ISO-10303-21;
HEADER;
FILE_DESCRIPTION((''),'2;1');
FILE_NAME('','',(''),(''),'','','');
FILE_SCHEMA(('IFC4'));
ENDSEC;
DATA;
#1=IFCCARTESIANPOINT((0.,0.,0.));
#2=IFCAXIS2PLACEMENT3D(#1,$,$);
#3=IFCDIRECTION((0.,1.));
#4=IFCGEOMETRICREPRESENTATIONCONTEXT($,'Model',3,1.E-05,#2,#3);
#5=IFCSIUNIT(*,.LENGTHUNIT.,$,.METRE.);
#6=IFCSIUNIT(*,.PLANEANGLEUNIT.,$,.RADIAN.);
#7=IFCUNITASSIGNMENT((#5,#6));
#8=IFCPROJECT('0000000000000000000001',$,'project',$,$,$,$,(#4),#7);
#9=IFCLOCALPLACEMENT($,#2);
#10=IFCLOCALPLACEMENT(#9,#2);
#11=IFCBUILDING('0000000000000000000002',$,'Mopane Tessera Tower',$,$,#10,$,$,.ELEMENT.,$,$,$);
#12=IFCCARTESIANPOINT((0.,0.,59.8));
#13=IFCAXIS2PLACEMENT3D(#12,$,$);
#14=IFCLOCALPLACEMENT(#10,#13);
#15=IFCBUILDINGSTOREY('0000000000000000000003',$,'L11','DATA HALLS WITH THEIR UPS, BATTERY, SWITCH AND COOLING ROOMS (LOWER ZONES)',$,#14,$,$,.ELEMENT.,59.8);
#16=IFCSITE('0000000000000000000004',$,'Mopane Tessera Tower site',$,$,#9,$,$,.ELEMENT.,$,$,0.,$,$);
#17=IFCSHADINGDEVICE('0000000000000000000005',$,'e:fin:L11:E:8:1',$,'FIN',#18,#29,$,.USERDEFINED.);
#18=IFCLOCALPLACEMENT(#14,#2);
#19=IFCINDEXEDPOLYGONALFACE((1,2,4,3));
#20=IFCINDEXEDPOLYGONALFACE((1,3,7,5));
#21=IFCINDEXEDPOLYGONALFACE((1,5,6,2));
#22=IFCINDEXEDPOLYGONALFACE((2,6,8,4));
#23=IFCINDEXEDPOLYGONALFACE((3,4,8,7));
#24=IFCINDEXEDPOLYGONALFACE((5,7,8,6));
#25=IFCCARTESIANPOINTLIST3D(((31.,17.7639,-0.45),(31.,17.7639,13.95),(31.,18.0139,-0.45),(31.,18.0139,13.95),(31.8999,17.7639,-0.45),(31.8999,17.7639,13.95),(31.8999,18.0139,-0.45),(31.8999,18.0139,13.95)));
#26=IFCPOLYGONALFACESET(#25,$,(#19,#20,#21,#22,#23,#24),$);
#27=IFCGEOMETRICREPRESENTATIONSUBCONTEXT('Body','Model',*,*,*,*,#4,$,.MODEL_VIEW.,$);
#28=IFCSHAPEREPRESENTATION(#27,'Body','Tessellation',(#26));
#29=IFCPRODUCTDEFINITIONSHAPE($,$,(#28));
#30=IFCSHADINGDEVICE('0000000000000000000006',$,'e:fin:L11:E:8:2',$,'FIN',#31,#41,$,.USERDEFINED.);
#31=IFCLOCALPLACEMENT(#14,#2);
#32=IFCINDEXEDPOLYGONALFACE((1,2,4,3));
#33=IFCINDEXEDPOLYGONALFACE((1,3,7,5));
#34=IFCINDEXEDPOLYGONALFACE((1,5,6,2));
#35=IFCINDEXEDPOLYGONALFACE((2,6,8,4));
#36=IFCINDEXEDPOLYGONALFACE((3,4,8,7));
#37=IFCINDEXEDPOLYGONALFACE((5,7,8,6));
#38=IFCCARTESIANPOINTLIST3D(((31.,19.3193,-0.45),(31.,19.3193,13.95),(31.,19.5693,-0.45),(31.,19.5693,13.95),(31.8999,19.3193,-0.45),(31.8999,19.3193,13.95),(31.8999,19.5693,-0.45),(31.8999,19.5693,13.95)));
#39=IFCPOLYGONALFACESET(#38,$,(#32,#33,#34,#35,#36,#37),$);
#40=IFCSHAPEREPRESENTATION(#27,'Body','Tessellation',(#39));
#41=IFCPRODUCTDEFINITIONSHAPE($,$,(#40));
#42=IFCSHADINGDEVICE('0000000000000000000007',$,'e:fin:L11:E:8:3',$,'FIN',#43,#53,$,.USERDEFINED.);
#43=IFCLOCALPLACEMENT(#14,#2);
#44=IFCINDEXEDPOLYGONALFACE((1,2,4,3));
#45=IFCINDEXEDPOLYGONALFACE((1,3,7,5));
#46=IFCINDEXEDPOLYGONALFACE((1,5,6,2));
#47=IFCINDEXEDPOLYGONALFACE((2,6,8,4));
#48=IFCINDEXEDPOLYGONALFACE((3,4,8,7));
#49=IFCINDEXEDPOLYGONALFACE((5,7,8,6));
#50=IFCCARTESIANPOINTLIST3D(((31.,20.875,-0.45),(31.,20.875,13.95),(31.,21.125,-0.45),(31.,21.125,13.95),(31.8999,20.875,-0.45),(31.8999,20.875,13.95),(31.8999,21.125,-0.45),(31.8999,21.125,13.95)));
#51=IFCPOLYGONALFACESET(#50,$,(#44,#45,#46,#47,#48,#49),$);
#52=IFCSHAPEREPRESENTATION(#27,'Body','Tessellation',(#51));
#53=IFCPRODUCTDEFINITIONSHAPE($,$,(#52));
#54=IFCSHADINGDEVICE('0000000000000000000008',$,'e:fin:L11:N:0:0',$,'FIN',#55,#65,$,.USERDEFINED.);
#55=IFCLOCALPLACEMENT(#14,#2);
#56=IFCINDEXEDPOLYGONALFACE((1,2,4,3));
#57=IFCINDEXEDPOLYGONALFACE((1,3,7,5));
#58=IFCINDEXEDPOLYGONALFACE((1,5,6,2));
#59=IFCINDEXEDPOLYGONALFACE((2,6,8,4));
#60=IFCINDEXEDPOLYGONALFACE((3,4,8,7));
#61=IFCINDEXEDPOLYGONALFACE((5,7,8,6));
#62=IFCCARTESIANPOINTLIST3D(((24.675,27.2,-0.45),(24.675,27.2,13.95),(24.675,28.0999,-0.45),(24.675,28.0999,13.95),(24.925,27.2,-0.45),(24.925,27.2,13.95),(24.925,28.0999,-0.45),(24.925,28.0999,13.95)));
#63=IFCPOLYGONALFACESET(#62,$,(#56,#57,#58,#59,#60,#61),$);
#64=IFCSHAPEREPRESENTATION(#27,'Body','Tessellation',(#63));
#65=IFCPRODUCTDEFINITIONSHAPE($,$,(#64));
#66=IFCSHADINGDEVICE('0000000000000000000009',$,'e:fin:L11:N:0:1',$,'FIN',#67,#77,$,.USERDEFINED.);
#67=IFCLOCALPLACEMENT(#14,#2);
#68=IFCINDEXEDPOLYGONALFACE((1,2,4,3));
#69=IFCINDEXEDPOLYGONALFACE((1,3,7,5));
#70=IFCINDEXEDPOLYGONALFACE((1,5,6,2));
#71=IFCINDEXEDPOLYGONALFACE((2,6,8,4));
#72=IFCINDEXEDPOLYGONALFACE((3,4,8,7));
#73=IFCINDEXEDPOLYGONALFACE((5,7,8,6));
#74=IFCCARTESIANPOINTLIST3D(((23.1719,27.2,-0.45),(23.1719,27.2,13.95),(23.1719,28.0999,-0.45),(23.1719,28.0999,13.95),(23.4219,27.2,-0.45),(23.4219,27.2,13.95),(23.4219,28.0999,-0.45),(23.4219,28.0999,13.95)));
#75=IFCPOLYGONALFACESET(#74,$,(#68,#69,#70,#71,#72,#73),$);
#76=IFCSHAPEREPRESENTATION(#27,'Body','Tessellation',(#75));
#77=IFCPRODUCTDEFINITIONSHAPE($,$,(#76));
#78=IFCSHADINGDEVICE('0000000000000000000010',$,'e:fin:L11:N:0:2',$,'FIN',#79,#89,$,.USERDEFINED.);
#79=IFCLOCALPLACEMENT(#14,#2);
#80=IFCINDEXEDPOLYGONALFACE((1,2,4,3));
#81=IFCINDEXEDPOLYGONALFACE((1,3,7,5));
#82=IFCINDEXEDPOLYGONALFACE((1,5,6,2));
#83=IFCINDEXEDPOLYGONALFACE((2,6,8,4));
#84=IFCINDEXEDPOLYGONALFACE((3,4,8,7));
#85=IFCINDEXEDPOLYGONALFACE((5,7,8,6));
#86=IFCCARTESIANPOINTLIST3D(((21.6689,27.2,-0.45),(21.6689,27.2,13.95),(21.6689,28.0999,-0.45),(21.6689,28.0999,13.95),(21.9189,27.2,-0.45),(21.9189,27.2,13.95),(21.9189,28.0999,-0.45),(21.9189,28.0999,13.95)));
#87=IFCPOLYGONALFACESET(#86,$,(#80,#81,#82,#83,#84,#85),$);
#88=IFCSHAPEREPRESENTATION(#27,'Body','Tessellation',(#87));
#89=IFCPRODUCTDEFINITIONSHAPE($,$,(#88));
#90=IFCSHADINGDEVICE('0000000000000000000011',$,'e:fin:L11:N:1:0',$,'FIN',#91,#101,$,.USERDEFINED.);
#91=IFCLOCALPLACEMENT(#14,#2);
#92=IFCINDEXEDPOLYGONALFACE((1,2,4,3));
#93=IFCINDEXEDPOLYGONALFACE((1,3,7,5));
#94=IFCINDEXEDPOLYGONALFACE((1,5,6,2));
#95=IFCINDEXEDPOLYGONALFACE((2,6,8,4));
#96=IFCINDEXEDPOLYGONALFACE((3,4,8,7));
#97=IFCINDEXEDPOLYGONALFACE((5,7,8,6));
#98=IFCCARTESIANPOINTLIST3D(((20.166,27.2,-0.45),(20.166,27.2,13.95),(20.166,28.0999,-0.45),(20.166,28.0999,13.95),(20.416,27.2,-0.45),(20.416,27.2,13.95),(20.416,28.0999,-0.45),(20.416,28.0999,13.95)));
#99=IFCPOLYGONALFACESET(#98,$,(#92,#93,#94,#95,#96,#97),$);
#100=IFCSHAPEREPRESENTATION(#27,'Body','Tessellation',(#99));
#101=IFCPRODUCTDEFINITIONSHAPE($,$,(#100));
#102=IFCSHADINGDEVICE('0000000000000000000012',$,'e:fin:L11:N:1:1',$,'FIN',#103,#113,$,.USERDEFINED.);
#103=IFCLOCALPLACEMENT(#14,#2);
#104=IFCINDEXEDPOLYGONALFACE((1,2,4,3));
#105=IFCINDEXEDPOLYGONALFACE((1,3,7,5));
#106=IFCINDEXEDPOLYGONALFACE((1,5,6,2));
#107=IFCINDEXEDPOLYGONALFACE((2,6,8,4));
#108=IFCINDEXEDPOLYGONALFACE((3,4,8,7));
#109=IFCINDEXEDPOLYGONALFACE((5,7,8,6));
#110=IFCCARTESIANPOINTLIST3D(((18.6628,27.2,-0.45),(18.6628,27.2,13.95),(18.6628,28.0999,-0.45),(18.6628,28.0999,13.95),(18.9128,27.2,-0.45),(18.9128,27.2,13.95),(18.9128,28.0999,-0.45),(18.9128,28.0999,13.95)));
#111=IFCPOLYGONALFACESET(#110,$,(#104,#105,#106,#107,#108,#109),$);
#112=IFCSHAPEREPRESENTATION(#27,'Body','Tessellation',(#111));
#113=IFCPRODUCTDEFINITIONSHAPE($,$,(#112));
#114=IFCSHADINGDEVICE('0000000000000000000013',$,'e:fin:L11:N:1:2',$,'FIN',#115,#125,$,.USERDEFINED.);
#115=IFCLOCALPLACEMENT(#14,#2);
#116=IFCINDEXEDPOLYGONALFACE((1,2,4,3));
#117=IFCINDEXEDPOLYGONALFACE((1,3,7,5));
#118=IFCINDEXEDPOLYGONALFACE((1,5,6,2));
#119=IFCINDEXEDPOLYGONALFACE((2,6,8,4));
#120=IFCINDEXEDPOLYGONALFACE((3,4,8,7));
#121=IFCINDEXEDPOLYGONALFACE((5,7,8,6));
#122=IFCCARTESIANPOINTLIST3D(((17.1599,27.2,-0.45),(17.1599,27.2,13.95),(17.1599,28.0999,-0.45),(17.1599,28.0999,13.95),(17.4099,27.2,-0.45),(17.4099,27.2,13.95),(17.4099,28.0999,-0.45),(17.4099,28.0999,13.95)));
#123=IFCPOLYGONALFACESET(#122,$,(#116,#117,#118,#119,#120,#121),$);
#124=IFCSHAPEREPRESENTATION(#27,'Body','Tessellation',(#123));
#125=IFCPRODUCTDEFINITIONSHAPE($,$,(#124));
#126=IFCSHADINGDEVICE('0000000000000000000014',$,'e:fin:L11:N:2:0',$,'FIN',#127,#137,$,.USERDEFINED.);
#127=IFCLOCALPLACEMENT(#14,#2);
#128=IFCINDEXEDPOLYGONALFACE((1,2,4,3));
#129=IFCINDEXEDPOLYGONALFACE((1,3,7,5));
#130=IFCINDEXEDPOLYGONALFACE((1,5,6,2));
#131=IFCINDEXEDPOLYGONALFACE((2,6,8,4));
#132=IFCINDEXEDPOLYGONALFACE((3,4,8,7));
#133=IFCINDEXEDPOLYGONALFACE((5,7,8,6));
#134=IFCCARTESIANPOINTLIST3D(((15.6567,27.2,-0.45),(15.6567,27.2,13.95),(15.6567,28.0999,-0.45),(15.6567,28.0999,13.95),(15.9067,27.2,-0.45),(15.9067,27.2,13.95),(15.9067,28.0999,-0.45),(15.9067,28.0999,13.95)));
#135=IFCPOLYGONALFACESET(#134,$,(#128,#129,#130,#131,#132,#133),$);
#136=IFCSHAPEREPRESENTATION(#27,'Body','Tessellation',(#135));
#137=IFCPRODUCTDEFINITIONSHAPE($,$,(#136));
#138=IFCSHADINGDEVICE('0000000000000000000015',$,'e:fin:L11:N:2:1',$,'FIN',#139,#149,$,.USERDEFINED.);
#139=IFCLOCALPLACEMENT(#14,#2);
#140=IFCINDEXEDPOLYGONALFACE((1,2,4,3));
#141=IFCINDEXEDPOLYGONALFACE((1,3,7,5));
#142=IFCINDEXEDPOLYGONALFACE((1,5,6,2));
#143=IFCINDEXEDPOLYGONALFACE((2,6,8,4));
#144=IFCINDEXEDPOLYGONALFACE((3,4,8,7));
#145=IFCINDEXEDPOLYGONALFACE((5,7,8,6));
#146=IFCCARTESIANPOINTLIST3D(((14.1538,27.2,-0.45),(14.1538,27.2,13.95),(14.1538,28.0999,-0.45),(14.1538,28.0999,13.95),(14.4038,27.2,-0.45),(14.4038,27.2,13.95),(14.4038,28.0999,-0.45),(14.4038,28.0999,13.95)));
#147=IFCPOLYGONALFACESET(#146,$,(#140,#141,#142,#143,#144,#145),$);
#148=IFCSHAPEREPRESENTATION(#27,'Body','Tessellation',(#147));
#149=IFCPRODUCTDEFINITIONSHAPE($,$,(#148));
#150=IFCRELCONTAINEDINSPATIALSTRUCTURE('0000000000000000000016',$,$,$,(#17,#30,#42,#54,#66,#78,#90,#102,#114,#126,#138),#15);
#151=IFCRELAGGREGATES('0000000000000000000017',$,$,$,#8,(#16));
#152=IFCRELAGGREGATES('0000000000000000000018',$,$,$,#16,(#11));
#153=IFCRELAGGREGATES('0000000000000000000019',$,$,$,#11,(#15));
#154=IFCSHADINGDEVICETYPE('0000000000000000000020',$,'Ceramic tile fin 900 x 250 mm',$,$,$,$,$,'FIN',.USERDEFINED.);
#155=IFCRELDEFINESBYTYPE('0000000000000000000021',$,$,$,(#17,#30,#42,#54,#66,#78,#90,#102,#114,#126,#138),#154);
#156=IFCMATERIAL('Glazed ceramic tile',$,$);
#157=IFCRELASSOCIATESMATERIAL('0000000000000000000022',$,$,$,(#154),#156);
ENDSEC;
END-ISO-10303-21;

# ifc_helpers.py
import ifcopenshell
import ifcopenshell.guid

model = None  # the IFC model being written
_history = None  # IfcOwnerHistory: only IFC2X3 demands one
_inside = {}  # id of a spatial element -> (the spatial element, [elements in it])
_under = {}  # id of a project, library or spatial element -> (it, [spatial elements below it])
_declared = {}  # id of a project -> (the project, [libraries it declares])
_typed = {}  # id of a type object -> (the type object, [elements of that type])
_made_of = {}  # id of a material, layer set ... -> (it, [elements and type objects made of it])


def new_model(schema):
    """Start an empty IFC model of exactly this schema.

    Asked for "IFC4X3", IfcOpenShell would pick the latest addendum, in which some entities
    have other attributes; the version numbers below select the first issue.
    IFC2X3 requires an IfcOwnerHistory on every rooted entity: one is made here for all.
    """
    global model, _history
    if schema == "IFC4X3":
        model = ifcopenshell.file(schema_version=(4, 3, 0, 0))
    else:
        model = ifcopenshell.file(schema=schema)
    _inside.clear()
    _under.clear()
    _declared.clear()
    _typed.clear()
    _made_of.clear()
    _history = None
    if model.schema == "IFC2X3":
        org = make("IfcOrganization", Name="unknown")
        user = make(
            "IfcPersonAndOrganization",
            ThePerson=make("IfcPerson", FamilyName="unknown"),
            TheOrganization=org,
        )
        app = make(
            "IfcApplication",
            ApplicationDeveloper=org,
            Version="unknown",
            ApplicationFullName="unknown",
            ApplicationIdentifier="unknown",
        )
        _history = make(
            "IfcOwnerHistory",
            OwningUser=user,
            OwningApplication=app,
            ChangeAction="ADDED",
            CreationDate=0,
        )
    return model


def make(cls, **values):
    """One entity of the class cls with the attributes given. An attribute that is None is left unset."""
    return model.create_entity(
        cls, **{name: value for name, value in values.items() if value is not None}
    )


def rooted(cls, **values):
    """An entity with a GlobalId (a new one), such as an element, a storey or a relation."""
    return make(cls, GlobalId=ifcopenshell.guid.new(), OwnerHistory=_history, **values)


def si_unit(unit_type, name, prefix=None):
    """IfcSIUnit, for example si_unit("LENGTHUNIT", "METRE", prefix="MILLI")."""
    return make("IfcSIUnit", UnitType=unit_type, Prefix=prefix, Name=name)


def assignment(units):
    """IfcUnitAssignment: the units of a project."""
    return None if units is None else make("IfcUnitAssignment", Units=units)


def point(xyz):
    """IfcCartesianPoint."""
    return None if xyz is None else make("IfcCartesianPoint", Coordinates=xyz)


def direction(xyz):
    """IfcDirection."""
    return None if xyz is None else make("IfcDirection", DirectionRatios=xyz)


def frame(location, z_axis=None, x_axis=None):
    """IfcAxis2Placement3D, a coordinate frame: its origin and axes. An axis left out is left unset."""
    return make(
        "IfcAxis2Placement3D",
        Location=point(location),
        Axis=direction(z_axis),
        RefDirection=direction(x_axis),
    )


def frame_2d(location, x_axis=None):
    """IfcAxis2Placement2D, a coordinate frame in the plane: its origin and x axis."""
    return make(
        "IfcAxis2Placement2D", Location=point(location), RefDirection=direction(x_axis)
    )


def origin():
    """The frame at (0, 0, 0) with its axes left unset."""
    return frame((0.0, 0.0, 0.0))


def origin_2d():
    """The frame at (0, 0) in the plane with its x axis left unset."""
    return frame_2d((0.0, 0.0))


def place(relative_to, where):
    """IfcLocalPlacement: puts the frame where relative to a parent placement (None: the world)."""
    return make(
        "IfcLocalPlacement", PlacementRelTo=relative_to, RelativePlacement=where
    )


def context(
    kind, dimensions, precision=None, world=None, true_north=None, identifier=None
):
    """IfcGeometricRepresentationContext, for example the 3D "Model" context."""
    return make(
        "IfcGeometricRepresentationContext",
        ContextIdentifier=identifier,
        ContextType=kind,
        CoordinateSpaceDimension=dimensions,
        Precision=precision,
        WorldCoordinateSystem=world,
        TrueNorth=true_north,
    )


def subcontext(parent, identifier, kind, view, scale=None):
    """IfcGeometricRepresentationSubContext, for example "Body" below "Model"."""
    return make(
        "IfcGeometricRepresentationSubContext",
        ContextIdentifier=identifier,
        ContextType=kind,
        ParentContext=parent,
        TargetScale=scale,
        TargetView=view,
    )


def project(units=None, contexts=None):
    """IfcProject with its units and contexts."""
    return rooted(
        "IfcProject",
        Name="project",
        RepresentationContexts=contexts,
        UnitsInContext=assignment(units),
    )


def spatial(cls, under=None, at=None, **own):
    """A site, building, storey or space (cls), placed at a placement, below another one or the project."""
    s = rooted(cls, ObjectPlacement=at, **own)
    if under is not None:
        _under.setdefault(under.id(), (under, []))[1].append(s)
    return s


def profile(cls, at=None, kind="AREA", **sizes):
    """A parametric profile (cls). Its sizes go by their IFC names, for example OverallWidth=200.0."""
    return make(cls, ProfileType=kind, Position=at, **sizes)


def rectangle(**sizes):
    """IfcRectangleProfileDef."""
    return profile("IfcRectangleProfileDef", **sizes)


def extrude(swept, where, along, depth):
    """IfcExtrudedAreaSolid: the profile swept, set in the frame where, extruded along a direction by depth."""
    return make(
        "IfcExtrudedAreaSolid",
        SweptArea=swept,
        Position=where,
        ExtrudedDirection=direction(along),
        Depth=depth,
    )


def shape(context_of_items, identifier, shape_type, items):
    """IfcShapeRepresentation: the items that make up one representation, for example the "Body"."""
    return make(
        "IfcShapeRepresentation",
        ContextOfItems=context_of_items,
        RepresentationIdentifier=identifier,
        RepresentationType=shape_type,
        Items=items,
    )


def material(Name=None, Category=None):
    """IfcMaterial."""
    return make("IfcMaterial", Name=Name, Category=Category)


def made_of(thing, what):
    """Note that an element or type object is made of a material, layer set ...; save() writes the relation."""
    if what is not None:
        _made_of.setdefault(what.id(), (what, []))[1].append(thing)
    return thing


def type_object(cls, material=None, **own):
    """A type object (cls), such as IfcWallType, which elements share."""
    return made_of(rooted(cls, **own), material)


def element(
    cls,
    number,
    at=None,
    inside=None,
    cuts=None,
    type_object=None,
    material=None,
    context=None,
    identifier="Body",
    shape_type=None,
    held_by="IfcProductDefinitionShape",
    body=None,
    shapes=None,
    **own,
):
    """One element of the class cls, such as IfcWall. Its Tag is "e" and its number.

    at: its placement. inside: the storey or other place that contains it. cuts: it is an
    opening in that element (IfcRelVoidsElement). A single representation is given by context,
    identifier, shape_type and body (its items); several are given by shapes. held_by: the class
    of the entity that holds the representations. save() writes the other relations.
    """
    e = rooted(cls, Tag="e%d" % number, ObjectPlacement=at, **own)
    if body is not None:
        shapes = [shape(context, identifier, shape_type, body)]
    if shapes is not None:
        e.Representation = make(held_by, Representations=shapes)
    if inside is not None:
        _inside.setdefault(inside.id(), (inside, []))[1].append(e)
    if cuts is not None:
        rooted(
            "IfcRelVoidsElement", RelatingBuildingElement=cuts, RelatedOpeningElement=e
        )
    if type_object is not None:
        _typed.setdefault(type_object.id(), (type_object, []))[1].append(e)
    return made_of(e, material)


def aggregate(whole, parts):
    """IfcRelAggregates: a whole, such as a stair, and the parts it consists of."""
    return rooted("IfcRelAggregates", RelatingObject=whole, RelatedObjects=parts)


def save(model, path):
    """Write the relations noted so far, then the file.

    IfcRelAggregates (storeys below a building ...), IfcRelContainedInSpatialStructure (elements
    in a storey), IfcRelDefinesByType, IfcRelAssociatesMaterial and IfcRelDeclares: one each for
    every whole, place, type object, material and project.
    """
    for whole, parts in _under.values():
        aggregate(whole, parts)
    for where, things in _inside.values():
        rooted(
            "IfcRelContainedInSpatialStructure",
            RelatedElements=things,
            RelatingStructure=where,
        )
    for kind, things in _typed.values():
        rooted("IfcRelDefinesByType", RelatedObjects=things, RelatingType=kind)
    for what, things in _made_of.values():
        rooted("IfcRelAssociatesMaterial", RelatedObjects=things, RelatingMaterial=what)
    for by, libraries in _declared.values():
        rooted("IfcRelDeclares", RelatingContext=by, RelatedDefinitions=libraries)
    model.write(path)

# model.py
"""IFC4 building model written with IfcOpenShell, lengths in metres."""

from ifc_helpers import new_model, si_unit, direction, frame, origin, origin_2d, place, context, subcontext, project, spatial, rectangle, extrude, material, type_object, element, save


model = new_model("IFC4")

# Units and contexts
model_context = context("Model", 3, precision=1e-05, world=origin(), true_north=direction((0.0, 1.0)))
body_context = subcontext(model_context, "Body", "Model", "MODEL_VIEW")
ifc_project = project(units=[si_unit("LENGTHUNIT", "METRE"), si_unit("PLANEANGLEUNIT", "RADIAN")], contexts=[model_context])

# Site, building, storey
site_placement = place(None, origin())
site = spatial("IfcSite", under=ifc_project, at=site_placement, Name="Mopane Tessera Tower site", CompositionType="ELEMENT", RefElevation=0.0)
building_placement = place(site_placement, origin())
building = spatial("IfcBuilding", under=site, at=building_placement, Name="Mopane Tessera Tower", CompositionType="ELEMENT")
storey_placement = place(building_placement, frame((0.0, 0.0, 59.8)))
storey = spatial("IfcBuildingStorey", under=building, at=storey_placement, Name="L11", Description="DATA HALLS WITH THEIR UPS, BATTERY, SWITCH AND COOLING ROOMS (LOWER ZONES)", CompositionType="ELEMENT", Elevation=59.8)

# Shading devices
ifc_material_1 = material(Name="Glazed ceramic tile")
shading_device_type = type_object("IfcShadingDeviceType", Name="Ceramic tile fin 900 x 250 mm", ElementType="FIN", PredefinedType="USERDEFINED", material=ifc_material_1)
for number, where, z_axis, x_axis, name in (
    (1, (31.45, 17.8889, -0.45), (0.0, 0.0, 1.0), (0.0, 1.0, 0.0), "e:fin:L11:E:8:1"),
    (2, (31.45, 19.4443, -0.45), (0.0, 0.0, 1.0), (0.0, 1.0, 0.0), "e:fin:L11:E:8:2"),
    (3, (31.45, 21.0, -0.45), (0.0, 0.0, 1.0), (0.0, 1.0, 0.0), "e:fin:L11:E:8:3"),
    (4, (24.8, 27.6499, -0.45), (0.0, 0.0, 1.0), (-1.0, 0.0, 0.0), "e:fin:L11:N:0:0"),
    (5, (23.2969, 27.6499, -0.45), (0.0, 0.0, 1.0), (-1.0, 0.0, 0.0), "e:fin:L11:N:0:1"),
    (6, (21.7939, 27.6499, -0.45), (0.0, 0.0, 1.0), (-1.0, 0.0, 0.0), "e:fin:L11:N:0:2"),
    (7, (20.291, 27.6499, -0.45), (0.0, 0.0, 1.0), (-1.0, 0.0, 0.0), "e:fin:L11:N:1:0"),
    (8, (18.7878, 27.6499, -0.45), (0.0, 0.0, 1.0), (-1.0, 0.0, 0.0), "e:fin:L11:N:1:1"),
    (9, (17.2849, 27.6499, -0.45), (0.0, 0.0, 1.0), (-1.0, 0.0, 0.0), "e:fin:L11:N:1:2"),
    (10, (15.7817, 27.6499, -0.45), (0.0, 0.0, 1.0), (-1.0, 0.0, 0.0), "e:fin:L11:N:2:0"),
    (11, (14.2788, 27.6499, -0.45), (0.0, 0.0, 1.0), (-1.0, 0.0, 0.0), "e:fin:L11:N:2:1"),
):
    element("IfcShadingDevice", number, at=place(storey_placement, frame(where, z_axis=z_axis, x_axis=x_axis)), inside=storey, type_object=shading_device_type, Name=name, ObjectType="FIN", PredefinedType="USERDEFINED", context=body_context, shape_type="SweptSolid", body=[
        extrude(rectangle(XDim=0.25, YDim=0.8999, at=origin_2d()), origin(), (0.0, 0.0, 1.0), 14.3999),
    ])

save(model, "model.ifc")
